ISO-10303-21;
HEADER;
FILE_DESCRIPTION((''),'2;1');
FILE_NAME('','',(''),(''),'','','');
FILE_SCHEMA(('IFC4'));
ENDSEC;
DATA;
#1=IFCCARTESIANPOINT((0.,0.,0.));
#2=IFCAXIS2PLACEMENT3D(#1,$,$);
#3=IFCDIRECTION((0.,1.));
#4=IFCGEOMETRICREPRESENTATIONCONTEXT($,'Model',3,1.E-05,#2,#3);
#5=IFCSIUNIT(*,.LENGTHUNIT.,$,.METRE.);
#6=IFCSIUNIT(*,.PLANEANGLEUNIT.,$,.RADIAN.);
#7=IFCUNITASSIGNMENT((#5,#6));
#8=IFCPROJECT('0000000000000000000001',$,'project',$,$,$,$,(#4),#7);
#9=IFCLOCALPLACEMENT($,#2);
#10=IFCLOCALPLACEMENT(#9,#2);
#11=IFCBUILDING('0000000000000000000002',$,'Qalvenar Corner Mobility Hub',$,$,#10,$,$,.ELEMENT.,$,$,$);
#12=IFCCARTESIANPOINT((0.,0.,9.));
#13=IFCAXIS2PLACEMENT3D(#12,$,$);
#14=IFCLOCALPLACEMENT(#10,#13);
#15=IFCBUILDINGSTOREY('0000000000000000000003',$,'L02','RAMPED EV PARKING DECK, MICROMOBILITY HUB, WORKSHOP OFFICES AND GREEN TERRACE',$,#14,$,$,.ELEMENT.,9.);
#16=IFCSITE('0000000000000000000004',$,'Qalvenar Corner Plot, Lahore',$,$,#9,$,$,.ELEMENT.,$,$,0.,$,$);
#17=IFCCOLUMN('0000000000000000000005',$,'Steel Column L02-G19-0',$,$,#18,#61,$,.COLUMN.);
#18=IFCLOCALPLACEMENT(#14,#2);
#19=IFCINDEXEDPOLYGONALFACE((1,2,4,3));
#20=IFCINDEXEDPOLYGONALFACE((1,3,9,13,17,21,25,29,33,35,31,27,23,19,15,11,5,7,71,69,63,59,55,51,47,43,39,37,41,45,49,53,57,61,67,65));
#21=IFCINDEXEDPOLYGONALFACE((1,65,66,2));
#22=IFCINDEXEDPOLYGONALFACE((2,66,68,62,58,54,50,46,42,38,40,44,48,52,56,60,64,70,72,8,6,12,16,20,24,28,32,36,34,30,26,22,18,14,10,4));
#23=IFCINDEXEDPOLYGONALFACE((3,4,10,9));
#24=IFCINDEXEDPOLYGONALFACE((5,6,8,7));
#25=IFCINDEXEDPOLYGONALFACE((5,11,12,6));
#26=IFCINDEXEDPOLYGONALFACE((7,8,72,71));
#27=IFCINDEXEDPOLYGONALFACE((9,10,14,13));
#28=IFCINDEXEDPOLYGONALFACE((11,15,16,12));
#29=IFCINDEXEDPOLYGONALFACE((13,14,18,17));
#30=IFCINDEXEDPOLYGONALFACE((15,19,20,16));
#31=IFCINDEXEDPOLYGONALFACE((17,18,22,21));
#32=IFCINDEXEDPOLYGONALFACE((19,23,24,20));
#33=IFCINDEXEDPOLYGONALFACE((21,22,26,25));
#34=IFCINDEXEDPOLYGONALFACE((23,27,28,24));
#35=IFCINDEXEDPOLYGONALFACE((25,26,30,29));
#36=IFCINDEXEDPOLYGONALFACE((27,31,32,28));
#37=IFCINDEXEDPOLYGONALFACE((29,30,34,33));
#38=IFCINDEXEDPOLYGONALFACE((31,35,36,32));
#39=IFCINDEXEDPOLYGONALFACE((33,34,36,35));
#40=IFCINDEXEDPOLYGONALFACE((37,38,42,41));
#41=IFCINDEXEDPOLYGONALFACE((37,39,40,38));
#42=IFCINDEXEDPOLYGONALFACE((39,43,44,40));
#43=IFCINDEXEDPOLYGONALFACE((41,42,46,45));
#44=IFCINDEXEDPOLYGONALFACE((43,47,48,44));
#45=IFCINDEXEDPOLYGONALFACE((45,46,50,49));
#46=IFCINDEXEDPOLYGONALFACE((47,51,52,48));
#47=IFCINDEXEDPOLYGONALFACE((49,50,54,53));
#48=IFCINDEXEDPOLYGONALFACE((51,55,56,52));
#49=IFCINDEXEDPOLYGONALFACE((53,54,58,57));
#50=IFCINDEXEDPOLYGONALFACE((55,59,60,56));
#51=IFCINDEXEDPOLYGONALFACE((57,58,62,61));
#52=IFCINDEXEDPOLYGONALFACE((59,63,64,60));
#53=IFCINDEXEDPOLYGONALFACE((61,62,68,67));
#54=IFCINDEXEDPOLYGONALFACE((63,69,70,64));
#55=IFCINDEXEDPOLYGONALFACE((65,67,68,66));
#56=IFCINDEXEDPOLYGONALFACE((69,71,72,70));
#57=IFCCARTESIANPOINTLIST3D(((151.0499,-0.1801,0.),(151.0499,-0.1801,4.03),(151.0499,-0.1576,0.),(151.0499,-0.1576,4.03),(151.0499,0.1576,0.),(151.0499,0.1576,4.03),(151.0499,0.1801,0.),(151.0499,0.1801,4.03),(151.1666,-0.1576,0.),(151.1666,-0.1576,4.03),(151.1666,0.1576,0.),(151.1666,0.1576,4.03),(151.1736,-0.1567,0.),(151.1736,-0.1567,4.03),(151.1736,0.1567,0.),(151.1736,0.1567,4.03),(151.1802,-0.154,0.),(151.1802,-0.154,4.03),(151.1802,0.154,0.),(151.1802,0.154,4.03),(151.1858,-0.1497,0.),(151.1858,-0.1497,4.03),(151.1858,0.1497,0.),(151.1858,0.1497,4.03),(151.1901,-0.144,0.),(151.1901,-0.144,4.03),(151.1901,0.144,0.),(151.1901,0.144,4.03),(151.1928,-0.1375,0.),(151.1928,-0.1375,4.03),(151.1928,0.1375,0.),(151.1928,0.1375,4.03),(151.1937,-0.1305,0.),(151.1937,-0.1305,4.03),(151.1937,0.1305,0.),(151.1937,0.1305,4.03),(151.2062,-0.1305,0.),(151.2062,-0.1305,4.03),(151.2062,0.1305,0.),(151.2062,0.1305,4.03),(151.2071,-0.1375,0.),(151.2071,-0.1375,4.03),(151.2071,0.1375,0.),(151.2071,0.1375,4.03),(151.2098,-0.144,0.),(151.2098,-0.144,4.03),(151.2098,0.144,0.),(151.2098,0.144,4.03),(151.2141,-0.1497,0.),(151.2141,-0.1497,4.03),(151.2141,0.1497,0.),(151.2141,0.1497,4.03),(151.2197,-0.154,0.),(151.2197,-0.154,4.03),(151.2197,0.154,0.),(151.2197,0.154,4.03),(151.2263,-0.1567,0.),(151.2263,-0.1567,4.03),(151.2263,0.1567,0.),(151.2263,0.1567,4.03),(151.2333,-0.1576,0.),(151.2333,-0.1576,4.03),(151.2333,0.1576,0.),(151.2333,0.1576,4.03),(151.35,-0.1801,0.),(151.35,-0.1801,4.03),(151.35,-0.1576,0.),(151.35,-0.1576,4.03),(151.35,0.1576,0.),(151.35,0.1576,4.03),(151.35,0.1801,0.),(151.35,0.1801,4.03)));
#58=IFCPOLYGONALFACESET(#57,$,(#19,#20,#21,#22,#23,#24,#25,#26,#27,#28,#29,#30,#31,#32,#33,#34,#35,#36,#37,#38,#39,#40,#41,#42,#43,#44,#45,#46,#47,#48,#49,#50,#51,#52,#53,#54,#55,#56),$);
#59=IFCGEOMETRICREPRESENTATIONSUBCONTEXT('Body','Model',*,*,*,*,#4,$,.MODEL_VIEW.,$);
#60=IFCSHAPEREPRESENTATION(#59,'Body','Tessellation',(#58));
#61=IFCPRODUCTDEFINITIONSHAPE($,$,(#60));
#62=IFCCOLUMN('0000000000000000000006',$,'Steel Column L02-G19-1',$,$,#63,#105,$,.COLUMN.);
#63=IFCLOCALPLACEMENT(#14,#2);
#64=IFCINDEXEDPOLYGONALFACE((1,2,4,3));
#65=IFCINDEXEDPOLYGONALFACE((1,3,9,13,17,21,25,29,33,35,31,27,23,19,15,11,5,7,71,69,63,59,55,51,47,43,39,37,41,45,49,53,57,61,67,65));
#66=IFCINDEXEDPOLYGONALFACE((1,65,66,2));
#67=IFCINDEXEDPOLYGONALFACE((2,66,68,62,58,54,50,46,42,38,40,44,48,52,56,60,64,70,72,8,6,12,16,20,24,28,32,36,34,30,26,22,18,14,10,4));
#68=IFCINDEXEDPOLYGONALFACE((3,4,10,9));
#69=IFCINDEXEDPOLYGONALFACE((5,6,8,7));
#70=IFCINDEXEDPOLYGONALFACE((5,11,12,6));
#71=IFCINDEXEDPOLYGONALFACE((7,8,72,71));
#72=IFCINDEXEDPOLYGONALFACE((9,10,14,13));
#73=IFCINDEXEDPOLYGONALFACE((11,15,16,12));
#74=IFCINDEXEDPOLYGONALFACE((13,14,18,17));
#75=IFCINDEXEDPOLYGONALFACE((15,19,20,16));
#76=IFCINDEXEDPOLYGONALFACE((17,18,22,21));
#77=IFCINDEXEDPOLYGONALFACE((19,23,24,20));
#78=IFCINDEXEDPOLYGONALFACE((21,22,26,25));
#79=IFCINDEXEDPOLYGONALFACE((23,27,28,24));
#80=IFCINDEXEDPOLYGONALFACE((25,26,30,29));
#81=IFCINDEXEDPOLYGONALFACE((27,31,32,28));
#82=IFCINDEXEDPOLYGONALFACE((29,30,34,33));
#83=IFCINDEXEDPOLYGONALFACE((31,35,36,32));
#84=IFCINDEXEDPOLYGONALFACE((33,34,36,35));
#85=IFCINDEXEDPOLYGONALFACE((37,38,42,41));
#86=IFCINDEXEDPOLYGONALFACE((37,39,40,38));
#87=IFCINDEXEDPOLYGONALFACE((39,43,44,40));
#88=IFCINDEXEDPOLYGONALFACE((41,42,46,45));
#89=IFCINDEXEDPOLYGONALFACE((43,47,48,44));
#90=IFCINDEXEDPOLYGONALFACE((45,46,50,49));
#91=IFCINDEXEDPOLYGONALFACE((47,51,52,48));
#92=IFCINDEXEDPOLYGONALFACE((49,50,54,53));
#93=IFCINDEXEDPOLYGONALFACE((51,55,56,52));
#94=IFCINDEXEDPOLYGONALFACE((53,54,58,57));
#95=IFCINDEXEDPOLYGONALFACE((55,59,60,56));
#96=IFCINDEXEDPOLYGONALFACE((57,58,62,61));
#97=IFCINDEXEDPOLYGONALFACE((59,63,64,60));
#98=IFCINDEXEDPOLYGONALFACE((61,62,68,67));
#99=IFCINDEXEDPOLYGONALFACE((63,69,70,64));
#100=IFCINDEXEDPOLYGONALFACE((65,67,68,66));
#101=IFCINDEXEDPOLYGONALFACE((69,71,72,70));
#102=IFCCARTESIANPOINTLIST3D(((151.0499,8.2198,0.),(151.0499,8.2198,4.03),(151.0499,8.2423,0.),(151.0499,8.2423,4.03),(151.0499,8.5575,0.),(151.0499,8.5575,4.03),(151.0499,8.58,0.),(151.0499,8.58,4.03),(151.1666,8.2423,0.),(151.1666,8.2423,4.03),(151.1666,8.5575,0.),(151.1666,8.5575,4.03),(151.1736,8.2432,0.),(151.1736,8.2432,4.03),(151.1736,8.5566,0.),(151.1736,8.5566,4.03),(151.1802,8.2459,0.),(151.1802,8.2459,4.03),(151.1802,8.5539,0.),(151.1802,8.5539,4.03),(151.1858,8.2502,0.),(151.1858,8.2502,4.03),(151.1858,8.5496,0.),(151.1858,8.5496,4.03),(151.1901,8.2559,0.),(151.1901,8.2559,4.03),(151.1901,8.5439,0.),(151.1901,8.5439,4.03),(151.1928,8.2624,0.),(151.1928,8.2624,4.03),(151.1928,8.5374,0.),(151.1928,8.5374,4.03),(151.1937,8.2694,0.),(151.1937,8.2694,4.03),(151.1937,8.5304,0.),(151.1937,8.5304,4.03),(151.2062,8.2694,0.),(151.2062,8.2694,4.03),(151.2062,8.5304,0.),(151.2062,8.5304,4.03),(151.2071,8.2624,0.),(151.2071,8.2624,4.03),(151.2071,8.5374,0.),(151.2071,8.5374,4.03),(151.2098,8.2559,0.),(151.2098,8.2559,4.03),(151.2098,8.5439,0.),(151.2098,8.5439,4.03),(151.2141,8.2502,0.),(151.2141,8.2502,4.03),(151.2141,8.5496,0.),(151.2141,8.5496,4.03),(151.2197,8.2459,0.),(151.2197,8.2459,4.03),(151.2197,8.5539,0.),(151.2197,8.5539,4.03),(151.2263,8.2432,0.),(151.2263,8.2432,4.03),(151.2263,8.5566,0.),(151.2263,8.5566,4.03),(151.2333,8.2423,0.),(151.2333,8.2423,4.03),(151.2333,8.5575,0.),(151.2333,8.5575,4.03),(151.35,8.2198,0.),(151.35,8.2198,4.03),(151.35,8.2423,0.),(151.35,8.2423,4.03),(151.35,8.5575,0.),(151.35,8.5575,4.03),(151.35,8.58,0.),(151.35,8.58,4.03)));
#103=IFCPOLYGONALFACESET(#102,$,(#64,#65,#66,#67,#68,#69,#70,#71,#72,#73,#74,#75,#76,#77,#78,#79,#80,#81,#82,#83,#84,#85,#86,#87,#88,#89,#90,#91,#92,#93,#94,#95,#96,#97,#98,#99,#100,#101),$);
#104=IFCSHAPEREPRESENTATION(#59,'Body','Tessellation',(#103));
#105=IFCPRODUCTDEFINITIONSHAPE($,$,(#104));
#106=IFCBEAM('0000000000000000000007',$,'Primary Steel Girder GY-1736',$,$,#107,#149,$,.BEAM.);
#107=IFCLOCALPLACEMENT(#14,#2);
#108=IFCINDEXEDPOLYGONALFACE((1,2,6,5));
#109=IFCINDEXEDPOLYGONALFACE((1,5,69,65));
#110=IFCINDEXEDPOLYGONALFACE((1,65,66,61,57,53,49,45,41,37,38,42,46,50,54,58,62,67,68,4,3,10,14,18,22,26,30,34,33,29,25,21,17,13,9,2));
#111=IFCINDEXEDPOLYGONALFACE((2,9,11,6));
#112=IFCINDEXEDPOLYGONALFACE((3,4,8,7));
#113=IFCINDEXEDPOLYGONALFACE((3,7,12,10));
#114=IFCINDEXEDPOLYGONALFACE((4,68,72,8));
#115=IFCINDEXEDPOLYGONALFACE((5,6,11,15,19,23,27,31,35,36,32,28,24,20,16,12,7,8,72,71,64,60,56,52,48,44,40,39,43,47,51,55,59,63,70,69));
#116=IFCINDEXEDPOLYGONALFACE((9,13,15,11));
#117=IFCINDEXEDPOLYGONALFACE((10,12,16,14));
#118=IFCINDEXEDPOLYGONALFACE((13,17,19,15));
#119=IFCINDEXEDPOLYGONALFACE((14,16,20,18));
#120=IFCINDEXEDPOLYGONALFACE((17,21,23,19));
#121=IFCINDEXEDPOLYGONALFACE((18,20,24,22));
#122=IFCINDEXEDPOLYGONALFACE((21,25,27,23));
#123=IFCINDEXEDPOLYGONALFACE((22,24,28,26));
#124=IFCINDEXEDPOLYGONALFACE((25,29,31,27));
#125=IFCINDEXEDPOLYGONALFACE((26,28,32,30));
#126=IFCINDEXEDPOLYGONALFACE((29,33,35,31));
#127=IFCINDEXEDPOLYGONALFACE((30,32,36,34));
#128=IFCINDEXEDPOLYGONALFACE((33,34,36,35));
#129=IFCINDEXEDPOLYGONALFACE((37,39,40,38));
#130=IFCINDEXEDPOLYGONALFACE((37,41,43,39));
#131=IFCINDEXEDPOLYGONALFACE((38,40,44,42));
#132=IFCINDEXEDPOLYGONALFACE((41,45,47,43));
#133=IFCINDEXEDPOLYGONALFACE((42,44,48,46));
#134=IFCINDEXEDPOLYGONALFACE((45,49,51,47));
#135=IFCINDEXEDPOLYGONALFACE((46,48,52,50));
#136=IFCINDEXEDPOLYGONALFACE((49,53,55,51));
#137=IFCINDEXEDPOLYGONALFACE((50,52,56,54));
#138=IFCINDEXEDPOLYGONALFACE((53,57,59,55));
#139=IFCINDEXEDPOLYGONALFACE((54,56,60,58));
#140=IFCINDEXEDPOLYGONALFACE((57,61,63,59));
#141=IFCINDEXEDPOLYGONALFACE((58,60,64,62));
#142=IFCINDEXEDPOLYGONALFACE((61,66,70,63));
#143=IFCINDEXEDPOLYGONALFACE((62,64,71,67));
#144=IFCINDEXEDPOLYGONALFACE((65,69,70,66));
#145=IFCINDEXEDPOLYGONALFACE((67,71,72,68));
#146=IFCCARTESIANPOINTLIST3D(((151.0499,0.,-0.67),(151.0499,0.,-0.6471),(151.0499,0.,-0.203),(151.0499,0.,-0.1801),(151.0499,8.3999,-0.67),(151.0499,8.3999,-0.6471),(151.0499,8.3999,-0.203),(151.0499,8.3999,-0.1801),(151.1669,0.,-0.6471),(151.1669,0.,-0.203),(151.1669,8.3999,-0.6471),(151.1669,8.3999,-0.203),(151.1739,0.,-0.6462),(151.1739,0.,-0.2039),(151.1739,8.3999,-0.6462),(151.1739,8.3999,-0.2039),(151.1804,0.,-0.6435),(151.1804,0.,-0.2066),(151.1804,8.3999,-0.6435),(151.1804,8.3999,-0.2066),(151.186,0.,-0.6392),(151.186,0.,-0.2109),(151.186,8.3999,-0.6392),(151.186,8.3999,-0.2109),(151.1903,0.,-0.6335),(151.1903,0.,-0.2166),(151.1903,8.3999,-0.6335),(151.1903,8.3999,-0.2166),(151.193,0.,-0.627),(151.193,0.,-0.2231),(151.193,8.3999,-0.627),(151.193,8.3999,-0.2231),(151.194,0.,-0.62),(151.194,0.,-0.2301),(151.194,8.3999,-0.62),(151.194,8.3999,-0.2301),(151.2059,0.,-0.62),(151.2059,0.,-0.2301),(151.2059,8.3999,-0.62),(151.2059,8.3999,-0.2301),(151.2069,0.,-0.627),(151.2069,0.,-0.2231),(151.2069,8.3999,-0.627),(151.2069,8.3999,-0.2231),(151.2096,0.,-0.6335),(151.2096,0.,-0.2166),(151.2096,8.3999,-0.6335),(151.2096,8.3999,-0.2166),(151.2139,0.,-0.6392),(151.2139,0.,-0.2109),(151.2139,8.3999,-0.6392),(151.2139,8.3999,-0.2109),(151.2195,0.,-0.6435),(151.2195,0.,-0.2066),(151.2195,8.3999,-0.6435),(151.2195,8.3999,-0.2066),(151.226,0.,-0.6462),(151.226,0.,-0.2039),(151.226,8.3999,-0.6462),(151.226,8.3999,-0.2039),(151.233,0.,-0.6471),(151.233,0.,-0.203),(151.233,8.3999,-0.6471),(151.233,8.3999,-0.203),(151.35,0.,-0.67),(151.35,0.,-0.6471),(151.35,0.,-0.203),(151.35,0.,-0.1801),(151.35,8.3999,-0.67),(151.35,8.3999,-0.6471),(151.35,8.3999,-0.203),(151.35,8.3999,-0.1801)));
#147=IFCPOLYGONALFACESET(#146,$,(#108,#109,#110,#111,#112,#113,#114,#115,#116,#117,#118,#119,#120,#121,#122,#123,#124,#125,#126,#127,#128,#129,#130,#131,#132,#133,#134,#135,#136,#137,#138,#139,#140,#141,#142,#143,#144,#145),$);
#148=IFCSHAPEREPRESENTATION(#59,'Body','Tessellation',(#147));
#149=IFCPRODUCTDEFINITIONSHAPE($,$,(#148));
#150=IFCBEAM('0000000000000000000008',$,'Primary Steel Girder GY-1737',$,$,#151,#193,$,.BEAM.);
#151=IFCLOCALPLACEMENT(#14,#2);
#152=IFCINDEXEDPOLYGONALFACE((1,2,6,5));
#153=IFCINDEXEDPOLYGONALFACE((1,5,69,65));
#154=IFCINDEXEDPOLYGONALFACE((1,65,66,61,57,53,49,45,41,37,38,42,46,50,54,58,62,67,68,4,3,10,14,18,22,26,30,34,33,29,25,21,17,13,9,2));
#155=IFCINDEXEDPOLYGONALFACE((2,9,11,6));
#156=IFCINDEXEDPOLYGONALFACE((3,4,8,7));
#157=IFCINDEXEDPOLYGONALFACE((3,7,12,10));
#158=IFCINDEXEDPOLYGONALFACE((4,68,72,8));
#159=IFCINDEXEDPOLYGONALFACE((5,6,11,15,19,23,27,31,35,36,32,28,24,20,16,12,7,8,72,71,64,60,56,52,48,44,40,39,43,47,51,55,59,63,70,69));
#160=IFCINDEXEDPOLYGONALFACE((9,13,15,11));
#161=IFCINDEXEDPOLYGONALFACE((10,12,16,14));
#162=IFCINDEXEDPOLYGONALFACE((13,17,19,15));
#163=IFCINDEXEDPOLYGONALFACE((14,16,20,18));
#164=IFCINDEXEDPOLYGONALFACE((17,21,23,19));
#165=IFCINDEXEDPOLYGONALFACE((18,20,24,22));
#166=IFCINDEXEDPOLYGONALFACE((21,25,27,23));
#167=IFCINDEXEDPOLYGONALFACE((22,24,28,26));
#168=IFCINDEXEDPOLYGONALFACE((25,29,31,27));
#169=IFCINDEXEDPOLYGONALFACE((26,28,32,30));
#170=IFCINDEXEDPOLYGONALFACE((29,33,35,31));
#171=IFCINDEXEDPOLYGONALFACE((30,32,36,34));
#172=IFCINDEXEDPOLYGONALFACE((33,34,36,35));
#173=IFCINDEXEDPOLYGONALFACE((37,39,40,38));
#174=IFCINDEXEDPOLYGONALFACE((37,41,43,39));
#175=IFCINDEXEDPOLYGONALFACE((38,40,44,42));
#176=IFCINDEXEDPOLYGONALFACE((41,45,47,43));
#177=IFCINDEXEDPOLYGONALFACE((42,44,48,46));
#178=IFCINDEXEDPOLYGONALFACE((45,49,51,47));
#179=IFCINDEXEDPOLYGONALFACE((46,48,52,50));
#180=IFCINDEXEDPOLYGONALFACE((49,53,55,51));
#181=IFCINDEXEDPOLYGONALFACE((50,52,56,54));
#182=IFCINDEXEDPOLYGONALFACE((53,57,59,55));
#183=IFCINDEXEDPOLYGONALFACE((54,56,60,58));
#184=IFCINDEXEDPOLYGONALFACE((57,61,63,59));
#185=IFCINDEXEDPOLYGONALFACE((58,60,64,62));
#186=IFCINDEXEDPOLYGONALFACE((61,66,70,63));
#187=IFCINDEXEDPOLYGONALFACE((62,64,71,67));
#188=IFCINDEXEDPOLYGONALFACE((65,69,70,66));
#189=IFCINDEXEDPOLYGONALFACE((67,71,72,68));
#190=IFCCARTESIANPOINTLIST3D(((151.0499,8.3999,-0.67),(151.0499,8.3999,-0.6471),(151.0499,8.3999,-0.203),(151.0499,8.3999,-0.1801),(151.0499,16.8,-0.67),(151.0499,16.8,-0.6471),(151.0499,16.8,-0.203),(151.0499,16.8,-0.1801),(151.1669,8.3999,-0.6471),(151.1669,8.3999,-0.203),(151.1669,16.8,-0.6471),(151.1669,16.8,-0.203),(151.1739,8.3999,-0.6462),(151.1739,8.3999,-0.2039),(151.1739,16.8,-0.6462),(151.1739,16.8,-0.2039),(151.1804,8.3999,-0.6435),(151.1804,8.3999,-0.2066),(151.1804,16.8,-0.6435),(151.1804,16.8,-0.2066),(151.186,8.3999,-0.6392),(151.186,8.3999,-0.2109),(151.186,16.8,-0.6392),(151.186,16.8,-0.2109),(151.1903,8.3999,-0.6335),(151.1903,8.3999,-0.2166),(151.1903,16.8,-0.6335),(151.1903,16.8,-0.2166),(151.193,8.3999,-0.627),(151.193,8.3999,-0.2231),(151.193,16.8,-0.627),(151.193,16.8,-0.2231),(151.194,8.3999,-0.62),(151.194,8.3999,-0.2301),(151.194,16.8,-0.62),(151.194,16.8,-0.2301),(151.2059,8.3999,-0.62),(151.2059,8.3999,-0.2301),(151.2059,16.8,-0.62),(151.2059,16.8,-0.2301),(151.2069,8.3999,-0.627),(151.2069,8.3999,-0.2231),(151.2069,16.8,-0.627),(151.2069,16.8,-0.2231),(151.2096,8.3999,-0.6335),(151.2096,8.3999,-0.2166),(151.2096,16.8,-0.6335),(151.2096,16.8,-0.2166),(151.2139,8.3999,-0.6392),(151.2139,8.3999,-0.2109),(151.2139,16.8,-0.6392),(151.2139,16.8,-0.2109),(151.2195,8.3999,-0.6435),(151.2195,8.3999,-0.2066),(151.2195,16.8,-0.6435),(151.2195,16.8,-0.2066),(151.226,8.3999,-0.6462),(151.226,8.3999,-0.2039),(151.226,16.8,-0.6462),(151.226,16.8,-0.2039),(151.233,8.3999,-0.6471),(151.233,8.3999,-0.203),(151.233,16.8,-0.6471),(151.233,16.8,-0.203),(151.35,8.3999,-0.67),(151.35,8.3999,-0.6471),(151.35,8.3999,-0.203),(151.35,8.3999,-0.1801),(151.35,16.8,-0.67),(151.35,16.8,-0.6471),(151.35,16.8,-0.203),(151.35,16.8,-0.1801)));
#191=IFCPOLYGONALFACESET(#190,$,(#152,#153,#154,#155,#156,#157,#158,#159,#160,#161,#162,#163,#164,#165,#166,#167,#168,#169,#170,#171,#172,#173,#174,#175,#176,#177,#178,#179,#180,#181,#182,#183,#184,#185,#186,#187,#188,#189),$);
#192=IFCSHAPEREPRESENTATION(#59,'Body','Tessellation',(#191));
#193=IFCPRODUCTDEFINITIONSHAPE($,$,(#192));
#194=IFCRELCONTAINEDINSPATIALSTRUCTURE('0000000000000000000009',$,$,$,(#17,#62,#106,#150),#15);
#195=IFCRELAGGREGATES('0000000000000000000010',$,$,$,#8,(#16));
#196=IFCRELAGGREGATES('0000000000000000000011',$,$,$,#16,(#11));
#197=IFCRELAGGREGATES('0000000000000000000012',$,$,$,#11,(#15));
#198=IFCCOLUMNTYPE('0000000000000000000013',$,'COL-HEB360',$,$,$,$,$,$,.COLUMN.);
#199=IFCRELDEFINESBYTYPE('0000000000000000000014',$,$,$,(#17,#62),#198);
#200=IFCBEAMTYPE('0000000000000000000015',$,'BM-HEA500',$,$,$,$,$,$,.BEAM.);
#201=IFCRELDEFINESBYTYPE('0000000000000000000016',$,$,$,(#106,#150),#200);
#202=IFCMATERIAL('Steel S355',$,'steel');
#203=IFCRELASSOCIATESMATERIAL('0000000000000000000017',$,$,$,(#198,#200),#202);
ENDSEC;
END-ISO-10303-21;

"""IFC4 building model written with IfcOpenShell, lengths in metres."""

from ifc_helpers import new_model, si_unit, direction, frame, origin, origin_2d, place, context, subcontext, project, spatial, i_section, extrude, material, material_profile, profile_set, type_object, element, save


model = new_model("IFC4")

# Units and contexts
model_context = context("Model", 3, precision=1e-05, world=origin(), true_north=direction((0.0, 1.0)))
body_context = subcontext(model_context, "Body", "Model", "MODEL_VIEW")
ifc_project = project(units=[si_unit("LENGTHUNIT", "METRE"), si_unit("PLANEANGLEUNIT", "RADIAN")], contexts=[model_context])

# Site, building, storey
site_placement = place(None, origin())
site = spatial("IfcSite", under=ifc_project, at=site_placement, Name="Qalvenar Corner Plot, Lahore", CompositionType="ELEMENT", RefElevation=0.0)
building_placement = place(site_placement, origin())
building = spatial("IfcBuilding", under=site, at=building_placement, Name="Qalvenar Corner Mobility Hub", CompositionType="ELEMENT")
storey_placement = place(building_placement, frame((0.0, 0.0, 9.0)))
storey = spatial("IfcBuildingStorey", under=building, at=storey_placement, Name="L02", Description="RAMPED EV PARKING DECK, MICROMOBILITY HUB, WORKSHOP OFFICES AND GREEN TERRACE", CompositionType="ELEMENT", Elevation=9.0)

# Columns
ifc_material_1 = material(Name="Steel S355", Category="steel")
ifc_material_profile_1 = material_profile(ifc_material_1, i_section(OverallWidth=0.3, OverallDepth=0.3601, WebThickness=0.0125, FlangeThickness=0.0225, FilletRadius=0.0271, at=origin_2d()), Name="HEB360")
ifc_profile_set_1 = profile_set([ifc_material_profile_1], Name="Steel S355")
column_type = type_object("IfcColumnType", Name="COL-HEB360", PredefinedType="COLUMN", material=ifc_profile_set_1)
for number, where, z_axis, x_axis, name in (
    (1, (151.2, 0.0, 0.0), (0.0, 0.0, 1.0), (1.0, 0.0, 0.0), "Steel Column L02-G19-0"),
    (2, (151.2, 8.3999, 0.0), (0.0, 0.0, 1.0), (1.0, 0.0, 0.0), "Steel Column L02-G19-1"),
):
    element("IfcColumn", number, at=place(storey_placement, frame(where, z_axis=z_axis, x_axis=x_axis)), inside=storey, type_object=column_type, Name=name, PredefinedType="COLUMN", context=body_context, shape_type="SweptSolid", body=[
        extrude(i_section(OverallWidth=0.3, OverallDepth=0.3601, WebThickness=0.0125, FlangeThickness=0.0225, FilletRadius=0.0271, at=origin_2d()), origin(), (0.0, 0.0, 1.0), 4.03),
    ])

# Beams
ifc_material_profile_2 = material_profile(ifc_material_1, i_section(OverallWidth=0.3, OverallDepth=0.49, WebThickness=0.012, FlangeThickness=0.0229, FilletRadius=0.0271, at=origin_2d()), Name="HEA500")
ifc_profile_set_2 = profile_set([ifc_material_profile_2], Name="Steel S355")
beam_type_1 = type_object("IfcBeamType", Name="BM-HEA500", PredefinedType="BEAM", material=ifc_profile_set_2)
beam_1_placement = place(storey_placement, frame((151.2, 0.0, -0.425), z_axis=(0.0, 1.0, 0.0), x_axis=(-1.0, 0.0, 0.0)))
element("IfcBeam", 3, at=beam_1_placement, inside=storey, type_object=beam_type_1, Name="Primary Steel Girder GY-1736", PredefinedType="BEAM", context=body_context, shape_type="SweptSolid", body=[
    extrude(i_section(OverallWidth=0.3, OverallDepth=0.49, WebThickness=0.012, FlangeThickness=0.0229, FilletRadius=0.0271, at=origin_2d()), origin(), (0.0, 0.0, 1.0), 8.3999),
])
beam_2_placement = place(storey_placement, frame((151.2, 8.3999, -0.425), z_axis=(0.0, 1.0, 0.0), x_axis=(-1.0, 0.0, 0.0)))
element("IfcBeam", 4, at=beam_2_placement, inside=storey, type_object=beam_type_1, Name="Primary Steel Girder GY-1737", PredefinedType="BEAM", context=body_context, shape_type="SweptSolid", body=[
    extrude(i_section(OverallWidth=0.3, OverallDepth=0.49, WebThickness=0.012, FlangeThickness=0.0229, FilletRadius=0.0271, at=origin_2d()), origin(), (0.0, 0.0, 1.0), 8.4001),
])

save(model, "model.ifc")
